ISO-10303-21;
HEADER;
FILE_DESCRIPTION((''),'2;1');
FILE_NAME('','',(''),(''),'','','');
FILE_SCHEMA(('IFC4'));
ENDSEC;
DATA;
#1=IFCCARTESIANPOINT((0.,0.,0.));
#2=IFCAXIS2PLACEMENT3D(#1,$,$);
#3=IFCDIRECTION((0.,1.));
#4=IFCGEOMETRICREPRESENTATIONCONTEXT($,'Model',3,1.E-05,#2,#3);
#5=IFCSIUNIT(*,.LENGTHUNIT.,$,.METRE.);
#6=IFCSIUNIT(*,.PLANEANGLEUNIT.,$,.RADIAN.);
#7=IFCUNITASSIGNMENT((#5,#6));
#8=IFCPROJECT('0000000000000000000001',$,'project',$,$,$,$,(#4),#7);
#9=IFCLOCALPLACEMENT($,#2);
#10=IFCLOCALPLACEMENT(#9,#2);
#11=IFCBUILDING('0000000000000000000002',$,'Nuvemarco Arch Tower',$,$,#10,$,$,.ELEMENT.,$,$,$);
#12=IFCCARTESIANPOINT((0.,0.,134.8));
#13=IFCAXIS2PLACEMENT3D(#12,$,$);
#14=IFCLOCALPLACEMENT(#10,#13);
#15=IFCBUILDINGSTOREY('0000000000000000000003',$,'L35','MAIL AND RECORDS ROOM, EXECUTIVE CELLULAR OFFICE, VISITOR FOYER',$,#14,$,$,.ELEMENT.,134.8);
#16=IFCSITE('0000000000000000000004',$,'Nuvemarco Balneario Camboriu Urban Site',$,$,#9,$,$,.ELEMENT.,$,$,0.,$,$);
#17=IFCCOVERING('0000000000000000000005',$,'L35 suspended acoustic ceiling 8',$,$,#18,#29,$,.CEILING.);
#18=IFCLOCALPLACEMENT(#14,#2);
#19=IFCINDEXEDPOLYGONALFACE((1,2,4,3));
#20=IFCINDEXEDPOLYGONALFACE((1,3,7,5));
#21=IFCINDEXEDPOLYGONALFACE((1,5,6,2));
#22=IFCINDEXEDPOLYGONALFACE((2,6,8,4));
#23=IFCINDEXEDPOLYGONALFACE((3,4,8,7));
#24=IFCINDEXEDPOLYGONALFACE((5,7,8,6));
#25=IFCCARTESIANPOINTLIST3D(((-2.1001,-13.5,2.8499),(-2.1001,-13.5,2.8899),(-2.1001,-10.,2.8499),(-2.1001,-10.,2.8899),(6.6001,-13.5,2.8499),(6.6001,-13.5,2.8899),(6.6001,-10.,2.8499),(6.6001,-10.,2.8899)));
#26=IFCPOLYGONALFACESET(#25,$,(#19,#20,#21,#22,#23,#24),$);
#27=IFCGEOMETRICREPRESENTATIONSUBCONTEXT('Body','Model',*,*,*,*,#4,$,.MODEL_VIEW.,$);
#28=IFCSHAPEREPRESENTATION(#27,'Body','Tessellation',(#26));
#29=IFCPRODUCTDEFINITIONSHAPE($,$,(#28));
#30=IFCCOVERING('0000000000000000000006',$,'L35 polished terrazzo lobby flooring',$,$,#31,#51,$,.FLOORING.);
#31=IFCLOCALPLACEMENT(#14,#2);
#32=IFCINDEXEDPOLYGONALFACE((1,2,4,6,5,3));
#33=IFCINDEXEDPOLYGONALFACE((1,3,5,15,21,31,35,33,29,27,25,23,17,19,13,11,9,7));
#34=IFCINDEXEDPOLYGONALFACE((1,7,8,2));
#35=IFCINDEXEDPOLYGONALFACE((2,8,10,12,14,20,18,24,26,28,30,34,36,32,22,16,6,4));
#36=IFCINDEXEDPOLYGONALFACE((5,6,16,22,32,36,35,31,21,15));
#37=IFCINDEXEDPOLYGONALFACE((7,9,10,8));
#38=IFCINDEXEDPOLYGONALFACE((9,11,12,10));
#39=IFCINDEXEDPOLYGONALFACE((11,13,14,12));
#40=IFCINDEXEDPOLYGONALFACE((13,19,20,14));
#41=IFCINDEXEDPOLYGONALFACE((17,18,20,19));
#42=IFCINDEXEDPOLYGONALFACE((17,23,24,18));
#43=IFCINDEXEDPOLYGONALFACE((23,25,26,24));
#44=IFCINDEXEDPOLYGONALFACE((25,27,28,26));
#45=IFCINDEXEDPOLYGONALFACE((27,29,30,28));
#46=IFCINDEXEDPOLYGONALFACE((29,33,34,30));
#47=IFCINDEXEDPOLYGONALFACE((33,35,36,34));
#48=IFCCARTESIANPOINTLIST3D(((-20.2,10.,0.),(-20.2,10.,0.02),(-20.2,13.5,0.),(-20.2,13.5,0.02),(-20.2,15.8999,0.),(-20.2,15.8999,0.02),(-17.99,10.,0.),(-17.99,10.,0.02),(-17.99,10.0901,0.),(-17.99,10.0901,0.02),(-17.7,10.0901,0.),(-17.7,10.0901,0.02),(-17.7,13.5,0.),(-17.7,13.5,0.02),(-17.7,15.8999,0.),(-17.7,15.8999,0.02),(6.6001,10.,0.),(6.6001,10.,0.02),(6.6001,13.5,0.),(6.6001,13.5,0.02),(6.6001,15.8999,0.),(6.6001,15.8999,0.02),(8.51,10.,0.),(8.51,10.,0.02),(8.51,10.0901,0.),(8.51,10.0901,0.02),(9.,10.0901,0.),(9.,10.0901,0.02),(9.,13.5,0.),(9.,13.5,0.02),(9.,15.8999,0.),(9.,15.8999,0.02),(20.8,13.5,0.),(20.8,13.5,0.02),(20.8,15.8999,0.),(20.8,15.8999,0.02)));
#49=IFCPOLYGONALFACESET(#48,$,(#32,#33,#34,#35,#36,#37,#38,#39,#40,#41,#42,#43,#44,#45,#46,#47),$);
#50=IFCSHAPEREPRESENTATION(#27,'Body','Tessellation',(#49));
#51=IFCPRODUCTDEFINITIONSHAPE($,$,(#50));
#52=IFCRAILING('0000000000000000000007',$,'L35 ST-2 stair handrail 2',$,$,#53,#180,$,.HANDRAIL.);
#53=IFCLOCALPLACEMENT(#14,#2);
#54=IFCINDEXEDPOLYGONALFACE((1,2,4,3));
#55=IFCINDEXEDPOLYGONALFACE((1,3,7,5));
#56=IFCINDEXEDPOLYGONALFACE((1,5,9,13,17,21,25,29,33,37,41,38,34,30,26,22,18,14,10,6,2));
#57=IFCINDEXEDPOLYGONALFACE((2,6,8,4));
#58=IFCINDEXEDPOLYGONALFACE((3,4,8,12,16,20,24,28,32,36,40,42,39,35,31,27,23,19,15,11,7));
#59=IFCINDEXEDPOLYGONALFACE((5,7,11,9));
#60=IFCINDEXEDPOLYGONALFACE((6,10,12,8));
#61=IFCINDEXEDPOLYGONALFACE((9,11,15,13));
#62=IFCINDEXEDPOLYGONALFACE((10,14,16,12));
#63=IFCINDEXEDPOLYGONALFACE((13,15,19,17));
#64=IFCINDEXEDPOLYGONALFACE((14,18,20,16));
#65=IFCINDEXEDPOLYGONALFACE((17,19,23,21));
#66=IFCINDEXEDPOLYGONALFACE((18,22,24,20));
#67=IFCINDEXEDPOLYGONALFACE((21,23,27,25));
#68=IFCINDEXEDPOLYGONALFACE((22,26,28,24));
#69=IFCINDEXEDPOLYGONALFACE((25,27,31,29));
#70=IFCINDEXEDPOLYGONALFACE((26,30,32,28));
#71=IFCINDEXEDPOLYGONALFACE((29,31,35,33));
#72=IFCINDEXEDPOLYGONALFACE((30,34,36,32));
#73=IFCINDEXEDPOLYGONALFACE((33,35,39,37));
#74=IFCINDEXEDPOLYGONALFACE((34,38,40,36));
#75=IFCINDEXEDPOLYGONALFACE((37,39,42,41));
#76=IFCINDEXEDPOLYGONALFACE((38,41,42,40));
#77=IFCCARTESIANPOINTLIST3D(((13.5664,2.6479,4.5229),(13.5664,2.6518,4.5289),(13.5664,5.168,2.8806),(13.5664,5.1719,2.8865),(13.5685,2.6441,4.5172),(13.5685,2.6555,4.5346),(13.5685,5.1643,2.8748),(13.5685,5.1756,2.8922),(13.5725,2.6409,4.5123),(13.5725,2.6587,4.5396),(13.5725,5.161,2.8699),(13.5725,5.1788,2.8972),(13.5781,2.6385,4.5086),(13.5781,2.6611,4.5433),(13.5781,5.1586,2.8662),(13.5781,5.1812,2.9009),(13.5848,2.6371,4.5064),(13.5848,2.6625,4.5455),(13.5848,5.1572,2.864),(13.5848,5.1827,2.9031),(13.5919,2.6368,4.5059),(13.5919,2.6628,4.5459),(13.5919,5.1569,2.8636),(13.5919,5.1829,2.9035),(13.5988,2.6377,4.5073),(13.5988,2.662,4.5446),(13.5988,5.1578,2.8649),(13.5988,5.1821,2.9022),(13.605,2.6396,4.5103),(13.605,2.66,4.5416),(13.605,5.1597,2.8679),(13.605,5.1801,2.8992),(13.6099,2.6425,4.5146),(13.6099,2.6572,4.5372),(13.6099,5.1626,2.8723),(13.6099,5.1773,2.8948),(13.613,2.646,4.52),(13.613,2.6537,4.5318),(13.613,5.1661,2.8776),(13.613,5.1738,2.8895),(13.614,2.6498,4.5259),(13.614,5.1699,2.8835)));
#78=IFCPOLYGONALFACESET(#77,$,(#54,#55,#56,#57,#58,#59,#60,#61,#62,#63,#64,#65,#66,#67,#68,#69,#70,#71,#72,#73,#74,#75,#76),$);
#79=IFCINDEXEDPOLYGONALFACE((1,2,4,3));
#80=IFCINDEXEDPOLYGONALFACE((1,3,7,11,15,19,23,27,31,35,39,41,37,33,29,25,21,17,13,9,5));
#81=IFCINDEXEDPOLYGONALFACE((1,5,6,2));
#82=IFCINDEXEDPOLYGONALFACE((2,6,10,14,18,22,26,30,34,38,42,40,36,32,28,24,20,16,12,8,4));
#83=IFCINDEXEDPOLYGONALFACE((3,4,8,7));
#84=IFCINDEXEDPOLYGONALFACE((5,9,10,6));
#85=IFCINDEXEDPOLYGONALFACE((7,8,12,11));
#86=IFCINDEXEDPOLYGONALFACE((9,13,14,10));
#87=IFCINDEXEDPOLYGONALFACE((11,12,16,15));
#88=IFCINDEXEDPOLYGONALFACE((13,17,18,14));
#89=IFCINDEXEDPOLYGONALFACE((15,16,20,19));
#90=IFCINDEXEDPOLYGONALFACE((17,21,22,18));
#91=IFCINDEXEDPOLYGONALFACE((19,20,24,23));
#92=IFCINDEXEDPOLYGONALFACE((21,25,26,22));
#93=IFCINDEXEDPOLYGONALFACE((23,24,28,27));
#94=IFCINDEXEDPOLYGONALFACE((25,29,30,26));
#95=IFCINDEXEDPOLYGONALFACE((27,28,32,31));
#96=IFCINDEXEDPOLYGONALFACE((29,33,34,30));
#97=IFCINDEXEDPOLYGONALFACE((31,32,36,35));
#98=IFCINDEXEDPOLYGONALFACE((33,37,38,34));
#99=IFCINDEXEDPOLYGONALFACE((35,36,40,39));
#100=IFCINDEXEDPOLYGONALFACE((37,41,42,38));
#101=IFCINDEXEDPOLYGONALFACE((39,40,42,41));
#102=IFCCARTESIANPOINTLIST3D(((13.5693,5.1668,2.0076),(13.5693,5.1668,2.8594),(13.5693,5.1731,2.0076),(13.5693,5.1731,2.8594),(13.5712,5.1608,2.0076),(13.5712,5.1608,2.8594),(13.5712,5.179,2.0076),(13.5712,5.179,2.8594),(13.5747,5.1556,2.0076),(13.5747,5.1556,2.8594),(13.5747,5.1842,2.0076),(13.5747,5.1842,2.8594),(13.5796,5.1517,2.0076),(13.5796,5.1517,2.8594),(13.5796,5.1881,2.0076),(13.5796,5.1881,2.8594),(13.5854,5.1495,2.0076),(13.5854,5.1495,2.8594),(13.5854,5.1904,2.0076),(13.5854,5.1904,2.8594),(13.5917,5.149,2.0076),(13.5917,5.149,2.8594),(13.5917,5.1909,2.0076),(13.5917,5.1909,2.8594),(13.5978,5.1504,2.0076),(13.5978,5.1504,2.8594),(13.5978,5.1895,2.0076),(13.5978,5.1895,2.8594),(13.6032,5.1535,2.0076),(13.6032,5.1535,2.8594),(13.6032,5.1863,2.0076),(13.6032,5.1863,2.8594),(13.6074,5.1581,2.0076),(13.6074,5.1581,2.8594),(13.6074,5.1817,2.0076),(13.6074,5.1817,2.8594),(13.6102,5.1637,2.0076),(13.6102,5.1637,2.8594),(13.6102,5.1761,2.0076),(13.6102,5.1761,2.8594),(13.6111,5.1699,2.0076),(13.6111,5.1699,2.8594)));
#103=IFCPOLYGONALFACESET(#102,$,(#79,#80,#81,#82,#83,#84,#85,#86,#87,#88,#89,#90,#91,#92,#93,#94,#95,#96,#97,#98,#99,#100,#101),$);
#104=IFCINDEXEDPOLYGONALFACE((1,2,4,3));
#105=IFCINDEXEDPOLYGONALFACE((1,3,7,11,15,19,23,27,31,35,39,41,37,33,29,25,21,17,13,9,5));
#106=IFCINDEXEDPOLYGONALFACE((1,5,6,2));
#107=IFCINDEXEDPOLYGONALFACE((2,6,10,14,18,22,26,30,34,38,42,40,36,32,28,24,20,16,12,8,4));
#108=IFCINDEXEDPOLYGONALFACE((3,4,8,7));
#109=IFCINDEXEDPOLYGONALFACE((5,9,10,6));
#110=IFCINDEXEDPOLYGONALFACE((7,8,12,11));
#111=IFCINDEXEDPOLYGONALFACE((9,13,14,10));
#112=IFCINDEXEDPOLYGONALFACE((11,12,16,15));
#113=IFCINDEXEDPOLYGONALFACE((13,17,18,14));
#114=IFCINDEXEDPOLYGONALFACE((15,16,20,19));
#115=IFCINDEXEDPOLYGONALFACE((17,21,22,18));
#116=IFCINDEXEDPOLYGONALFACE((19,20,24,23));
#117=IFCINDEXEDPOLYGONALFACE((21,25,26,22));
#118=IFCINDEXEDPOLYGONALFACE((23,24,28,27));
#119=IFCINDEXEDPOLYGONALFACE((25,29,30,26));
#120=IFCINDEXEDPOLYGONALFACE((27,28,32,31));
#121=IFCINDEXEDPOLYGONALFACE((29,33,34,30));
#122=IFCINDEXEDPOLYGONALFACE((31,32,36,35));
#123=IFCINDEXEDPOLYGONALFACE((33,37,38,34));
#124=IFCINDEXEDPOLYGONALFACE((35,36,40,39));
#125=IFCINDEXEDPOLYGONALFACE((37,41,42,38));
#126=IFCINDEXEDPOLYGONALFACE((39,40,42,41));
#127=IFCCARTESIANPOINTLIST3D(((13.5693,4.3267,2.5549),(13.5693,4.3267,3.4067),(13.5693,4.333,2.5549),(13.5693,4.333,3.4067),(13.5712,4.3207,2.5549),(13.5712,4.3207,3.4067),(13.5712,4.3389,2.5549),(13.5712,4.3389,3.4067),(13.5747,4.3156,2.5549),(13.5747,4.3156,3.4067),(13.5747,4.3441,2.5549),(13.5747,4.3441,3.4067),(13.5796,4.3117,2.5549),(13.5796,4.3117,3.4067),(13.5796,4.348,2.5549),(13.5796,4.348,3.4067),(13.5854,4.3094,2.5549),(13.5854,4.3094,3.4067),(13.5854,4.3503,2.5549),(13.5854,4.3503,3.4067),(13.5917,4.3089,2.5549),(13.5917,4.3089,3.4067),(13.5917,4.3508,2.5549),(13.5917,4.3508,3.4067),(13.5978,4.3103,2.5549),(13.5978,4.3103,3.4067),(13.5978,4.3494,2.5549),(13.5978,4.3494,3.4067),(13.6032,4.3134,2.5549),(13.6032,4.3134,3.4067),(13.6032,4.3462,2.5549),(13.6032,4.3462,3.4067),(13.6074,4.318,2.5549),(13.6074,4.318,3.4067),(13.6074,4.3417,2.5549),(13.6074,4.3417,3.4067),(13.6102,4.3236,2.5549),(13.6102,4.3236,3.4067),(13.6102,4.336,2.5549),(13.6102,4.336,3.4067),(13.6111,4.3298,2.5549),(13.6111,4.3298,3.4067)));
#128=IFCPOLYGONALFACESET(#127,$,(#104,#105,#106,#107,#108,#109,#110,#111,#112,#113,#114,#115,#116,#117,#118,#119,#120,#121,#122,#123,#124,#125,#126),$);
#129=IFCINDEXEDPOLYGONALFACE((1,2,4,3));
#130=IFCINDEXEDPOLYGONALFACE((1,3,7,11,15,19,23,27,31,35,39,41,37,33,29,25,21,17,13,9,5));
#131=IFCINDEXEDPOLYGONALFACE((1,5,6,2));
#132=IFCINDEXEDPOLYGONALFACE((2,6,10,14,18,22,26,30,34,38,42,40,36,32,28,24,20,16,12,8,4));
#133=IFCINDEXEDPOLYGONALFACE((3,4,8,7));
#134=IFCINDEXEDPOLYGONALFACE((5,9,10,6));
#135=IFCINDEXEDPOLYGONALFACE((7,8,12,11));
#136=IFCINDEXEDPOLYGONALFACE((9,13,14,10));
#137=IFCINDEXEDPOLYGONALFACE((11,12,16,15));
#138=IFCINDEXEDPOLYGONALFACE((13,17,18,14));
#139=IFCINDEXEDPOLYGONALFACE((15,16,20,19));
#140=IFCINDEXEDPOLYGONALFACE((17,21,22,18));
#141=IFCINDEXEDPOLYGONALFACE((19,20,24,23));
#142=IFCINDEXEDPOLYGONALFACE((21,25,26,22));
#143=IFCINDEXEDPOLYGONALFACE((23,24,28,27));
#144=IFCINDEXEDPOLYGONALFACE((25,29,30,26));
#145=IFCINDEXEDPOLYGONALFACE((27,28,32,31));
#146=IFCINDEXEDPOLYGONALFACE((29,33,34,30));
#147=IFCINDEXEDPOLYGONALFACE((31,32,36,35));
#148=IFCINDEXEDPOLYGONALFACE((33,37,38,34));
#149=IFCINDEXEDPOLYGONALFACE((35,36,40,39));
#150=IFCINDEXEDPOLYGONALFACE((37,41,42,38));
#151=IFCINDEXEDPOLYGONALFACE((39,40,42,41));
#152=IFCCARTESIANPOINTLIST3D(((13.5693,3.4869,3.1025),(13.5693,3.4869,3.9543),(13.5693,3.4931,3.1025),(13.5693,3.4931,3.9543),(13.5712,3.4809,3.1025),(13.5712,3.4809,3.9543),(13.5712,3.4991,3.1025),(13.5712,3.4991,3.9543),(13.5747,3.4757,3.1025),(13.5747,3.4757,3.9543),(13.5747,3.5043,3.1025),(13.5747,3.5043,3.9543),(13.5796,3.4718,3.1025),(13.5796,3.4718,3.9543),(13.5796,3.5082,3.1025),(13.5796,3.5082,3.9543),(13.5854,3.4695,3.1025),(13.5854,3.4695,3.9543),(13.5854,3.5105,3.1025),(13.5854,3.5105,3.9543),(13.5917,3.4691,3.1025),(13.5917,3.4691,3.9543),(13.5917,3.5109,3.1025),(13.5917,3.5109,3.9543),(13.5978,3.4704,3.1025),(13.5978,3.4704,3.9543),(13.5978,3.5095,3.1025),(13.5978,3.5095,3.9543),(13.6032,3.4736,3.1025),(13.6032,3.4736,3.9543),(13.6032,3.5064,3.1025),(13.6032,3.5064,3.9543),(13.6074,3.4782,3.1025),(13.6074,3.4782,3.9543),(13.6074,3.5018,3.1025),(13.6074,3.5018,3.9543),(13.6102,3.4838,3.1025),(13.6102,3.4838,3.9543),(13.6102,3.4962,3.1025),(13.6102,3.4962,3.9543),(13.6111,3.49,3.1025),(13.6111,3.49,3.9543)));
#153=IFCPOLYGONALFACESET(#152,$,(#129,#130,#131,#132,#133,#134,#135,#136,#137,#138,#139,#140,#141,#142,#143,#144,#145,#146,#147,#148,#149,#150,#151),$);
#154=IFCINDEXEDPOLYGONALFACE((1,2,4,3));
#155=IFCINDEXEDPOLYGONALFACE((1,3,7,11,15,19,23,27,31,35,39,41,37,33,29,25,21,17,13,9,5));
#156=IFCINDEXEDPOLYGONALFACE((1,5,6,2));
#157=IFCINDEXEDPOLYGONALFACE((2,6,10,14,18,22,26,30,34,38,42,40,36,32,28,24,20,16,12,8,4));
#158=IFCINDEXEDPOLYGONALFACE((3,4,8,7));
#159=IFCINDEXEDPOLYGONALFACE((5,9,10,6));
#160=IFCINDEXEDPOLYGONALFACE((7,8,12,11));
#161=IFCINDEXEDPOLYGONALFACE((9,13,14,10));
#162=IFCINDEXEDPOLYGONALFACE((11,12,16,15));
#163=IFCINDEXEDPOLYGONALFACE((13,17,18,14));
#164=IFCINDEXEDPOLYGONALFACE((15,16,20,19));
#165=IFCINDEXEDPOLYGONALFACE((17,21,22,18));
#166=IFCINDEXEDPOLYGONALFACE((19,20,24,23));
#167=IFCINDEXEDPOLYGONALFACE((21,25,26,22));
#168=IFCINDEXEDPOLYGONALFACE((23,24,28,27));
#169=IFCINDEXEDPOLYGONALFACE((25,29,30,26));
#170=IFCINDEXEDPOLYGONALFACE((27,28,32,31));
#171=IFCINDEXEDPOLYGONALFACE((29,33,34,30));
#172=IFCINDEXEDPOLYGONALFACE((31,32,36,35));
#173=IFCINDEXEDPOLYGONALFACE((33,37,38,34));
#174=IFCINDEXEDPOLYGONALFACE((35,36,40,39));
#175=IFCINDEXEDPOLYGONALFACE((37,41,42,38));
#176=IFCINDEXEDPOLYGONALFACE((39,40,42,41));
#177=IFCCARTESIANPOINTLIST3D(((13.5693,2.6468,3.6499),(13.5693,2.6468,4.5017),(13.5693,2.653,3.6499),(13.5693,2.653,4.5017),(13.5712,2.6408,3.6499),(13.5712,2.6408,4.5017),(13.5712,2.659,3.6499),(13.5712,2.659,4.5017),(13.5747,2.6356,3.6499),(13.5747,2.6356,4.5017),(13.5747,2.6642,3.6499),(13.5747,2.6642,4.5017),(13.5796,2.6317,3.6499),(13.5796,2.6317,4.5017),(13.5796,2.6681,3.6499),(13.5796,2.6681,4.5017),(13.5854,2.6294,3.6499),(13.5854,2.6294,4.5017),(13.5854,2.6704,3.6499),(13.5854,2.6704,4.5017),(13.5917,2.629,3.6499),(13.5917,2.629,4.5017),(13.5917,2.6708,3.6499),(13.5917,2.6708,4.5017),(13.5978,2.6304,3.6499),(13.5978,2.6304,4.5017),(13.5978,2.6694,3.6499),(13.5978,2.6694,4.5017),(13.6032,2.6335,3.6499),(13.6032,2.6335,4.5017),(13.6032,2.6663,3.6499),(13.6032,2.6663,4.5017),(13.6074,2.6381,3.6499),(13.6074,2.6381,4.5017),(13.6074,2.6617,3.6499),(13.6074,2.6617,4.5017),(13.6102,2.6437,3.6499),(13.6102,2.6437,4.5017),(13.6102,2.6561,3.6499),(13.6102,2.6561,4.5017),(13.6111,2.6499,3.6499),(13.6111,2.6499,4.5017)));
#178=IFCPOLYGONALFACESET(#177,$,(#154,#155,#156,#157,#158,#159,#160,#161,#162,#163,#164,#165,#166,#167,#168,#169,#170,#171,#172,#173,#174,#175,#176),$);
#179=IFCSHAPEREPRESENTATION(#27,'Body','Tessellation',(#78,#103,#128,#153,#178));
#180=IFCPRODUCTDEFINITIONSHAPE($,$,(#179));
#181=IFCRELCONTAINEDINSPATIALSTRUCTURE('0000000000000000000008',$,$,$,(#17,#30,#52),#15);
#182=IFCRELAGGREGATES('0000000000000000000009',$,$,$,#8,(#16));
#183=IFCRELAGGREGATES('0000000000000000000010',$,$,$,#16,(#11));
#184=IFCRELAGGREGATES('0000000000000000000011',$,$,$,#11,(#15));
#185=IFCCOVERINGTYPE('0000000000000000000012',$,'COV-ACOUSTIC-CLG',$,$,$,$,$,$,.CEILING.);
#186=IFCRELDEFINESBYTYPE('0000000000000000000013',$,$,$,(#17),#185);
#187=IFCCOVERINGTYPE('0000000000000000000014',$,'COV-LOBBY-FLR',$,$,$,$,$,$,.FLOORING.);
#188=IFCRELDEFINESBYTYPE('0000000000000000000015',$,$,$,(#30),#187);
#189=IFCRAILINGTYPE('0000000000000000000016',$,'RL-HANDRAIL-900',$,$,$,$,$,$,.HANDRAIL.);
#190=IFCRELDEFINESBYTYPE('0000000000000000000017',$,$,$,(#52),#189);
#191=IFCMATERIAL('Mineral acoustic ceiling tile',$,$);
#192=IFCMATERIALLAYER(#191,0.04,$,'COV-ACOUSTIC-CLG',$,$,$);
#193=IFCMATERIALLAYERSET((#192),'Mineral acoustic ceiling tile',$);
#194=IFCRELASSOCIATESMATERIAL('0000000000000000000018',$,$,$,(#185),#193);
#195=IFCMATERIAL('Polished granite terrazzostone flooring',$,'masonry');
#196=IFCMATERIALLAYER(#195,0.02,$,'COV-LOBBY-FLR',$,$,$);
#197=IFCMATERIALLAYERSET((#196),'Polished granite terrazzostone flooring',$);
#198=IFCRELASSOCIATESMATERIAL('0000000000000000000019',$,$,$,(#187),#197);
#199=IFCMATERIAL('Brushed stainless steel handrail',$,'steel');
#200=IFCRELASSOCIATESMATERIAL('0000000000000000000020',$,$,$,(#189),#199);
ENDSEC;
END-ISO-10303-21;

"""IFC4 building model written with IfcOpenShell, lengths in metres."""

from ifc_helpers import new_model, si_unit, direction, frame, origin, origin_2d, place, context, subcontext, project, spatial, polyline, circle, outline, extrude, material, layer, layer_set, type_object, element, save


model = new_model("IFC4")

# Units and contexts
model_context = context("Model", 3, precision=1e-05, world=origin(), true_north=direction((0.0, 1.0)))
body_context = subcontext(model_context, "Body", "Model", "MODEL_VIEW")
ifc_project = project(units=[si_unit("LENGTHUNIT", "METRE"), si_unit("PLANEANGLEUNIT", "RADIAN")], contexts=[model_context])

# Site, building, storey
site_placement = place(None, origin())
site = spatial("IfcSite", under=ifc_project, at=site_placement, Name="Nuvemarco Balneario Camboriu Urban Site", CompositionType="ELEMENT", RefElevation=0.0)
building_placement = place(site_placement, origin())
building = spatial("IfcBuilding", under=site, at=building_placement, Name="Nuvemarco Arch Tower", CompositionType="ELEMENT")
storey_placement = place(building_placement, frame((0.0, 0.0, 134.8)))
storey = spatial("IfcBuildingStorey", under=building, at=storey_placement, Name="L35", Description="MAIL AND RECORDS ROOM, EXECUTIVE CELLULAR OFFICE, VISITOR FOYER", CompositionType="ELEMENT", Elevation=134.8)

# Coverings
ifc_material_1 = material(Name="Mineral acoustic ceiling tile")
ifc_layer_1 = layer(ifc_material_1, 0.04, Name="COV-ACOUSTIC-CLG")
ifc_layer_set_1 = layer_set([ifc_layer_1], Name="Mineral acoustic ceiling tile")
covering_type_1 = type_object("IfcCoveringType", Name="COV-ACOUSTIC-CLG", PredefinedType="CEILING", material=ifc_layer_set_1)
covering_1_placement = place(storey_placement, frame((0.0, 0.0, 2.8499)))
element("IfcCovering", 1, at=covering_1_placement, inside=storey, type_object=covering_type_1, Name="L35 suspended acoustic ceiling 8", PredefinedType="CEILING", context=body_context, shape_type="SweptSolid", body=[
    extrude(outline(polyline([(6.6001, -13.5), (-2.1001, -13.5), (-2.1001, -10.0), (6.6001, -10.0), (6.6001, -13.5)])), origin(), (0.0, 0.0, 1.0), 0.04),
])
ifc_material_2 = material(Name="Polished granite terrazzostone flooring", Category="masonry")
ifc_layer_2 = layer(ifc_material_2, 0.02, Name="COV-LOBBY-FLR")
ifc_layer_set_2 = layer_set([ifc_layer_2], Name="Polished granite terrazzostone flooring")
covering_type_2 = type_object("IfcCoveringType", Name="COV-LOBBY-FLR", PredefinedType="FLOORING", material=ifc_layer_set_2)
covering_2_placement = place(storey_placement, origin())
element("IfcCovering", 2, at=covering_2_placement, inside=storey, type_object=covering_type_2, Name="L35 polished terrazzo lobby flooring", PredefinedType="FLOORING", context=body_context, shape_type="SweptSolid", body=[
    extrude(outline(polyline([(-20.2, 13.5), (-20.2, 15.8999), (-17.7, 15.8999), (6.6001, 15.8999), (9.0, 15.8999), (20.8, 15.8999), (20.8, 13.5), (9.0, 13.5), (9.0, 10.0901), (8.51, 10.0901), (8.51, 10.0), (6.6001, 10.0), (6.6001, 13.5), (-17.7, 13.5), (-17.7, 10.0901), (-17.99, 10.0901), (-17.99, 10.0), (-20.2, 10.0), (-20.2, 13.5)])), origin(), (0.0, 0.0, 1.0), 0.02),
])

# Railing
ifc_material_3 = material(Name="Brushed stainless steel handrail", Category="steel")
railing_type = type_object("IfcRailingType", Name="RL-HANDRAIL-900", PredefinedType="HANDRAIL", material=ifc_material_3)
railing_placement = place(storey_placement, frame((13.5901, 5.1699, 2.0076)))
element("IfcRailing", 3, at=railing_placement, inside=storey, type_object=railing_type, Name="L35 ST-2 stair handrail 2", PredefinedType="HANDRAIL", context=body_context, shape_type="SweptSolid", body=[
    extrude(circle(Radius=0.0239, at=origin_2d()), frame((0.0, 0.0, 0.876), z_axis=(0.0, -0.837787, 0.545998), x_axis=(1.0, 0.0, 0.0)), (0.0, 0.0, 1.0), 3.0081),
    extrude(circle(Radius=0.021, at=origin_2d()), origin(), (0.0, 0.0, 1.0), 0.8518),
    extrude(circle(Radius=0.021, at=origin_2d()), frame((0.0, -0.8401, 0.5474)), (0.0, 0.0, 1.0), 0.8518),
    extrude(circle(Radius=0.021, at=origin_2d()), frame((0.0, -1.6799, 1.095)), (0.0, 0.0, 1.0), 0.8518),
    extrude(circle(Radius=0.021, at=origin_2d()), frame((0.0, -2.52, 1.6423)), (0.0, 0.0, 1.0), 0.8518),
])

save(model, "model.ifc")
